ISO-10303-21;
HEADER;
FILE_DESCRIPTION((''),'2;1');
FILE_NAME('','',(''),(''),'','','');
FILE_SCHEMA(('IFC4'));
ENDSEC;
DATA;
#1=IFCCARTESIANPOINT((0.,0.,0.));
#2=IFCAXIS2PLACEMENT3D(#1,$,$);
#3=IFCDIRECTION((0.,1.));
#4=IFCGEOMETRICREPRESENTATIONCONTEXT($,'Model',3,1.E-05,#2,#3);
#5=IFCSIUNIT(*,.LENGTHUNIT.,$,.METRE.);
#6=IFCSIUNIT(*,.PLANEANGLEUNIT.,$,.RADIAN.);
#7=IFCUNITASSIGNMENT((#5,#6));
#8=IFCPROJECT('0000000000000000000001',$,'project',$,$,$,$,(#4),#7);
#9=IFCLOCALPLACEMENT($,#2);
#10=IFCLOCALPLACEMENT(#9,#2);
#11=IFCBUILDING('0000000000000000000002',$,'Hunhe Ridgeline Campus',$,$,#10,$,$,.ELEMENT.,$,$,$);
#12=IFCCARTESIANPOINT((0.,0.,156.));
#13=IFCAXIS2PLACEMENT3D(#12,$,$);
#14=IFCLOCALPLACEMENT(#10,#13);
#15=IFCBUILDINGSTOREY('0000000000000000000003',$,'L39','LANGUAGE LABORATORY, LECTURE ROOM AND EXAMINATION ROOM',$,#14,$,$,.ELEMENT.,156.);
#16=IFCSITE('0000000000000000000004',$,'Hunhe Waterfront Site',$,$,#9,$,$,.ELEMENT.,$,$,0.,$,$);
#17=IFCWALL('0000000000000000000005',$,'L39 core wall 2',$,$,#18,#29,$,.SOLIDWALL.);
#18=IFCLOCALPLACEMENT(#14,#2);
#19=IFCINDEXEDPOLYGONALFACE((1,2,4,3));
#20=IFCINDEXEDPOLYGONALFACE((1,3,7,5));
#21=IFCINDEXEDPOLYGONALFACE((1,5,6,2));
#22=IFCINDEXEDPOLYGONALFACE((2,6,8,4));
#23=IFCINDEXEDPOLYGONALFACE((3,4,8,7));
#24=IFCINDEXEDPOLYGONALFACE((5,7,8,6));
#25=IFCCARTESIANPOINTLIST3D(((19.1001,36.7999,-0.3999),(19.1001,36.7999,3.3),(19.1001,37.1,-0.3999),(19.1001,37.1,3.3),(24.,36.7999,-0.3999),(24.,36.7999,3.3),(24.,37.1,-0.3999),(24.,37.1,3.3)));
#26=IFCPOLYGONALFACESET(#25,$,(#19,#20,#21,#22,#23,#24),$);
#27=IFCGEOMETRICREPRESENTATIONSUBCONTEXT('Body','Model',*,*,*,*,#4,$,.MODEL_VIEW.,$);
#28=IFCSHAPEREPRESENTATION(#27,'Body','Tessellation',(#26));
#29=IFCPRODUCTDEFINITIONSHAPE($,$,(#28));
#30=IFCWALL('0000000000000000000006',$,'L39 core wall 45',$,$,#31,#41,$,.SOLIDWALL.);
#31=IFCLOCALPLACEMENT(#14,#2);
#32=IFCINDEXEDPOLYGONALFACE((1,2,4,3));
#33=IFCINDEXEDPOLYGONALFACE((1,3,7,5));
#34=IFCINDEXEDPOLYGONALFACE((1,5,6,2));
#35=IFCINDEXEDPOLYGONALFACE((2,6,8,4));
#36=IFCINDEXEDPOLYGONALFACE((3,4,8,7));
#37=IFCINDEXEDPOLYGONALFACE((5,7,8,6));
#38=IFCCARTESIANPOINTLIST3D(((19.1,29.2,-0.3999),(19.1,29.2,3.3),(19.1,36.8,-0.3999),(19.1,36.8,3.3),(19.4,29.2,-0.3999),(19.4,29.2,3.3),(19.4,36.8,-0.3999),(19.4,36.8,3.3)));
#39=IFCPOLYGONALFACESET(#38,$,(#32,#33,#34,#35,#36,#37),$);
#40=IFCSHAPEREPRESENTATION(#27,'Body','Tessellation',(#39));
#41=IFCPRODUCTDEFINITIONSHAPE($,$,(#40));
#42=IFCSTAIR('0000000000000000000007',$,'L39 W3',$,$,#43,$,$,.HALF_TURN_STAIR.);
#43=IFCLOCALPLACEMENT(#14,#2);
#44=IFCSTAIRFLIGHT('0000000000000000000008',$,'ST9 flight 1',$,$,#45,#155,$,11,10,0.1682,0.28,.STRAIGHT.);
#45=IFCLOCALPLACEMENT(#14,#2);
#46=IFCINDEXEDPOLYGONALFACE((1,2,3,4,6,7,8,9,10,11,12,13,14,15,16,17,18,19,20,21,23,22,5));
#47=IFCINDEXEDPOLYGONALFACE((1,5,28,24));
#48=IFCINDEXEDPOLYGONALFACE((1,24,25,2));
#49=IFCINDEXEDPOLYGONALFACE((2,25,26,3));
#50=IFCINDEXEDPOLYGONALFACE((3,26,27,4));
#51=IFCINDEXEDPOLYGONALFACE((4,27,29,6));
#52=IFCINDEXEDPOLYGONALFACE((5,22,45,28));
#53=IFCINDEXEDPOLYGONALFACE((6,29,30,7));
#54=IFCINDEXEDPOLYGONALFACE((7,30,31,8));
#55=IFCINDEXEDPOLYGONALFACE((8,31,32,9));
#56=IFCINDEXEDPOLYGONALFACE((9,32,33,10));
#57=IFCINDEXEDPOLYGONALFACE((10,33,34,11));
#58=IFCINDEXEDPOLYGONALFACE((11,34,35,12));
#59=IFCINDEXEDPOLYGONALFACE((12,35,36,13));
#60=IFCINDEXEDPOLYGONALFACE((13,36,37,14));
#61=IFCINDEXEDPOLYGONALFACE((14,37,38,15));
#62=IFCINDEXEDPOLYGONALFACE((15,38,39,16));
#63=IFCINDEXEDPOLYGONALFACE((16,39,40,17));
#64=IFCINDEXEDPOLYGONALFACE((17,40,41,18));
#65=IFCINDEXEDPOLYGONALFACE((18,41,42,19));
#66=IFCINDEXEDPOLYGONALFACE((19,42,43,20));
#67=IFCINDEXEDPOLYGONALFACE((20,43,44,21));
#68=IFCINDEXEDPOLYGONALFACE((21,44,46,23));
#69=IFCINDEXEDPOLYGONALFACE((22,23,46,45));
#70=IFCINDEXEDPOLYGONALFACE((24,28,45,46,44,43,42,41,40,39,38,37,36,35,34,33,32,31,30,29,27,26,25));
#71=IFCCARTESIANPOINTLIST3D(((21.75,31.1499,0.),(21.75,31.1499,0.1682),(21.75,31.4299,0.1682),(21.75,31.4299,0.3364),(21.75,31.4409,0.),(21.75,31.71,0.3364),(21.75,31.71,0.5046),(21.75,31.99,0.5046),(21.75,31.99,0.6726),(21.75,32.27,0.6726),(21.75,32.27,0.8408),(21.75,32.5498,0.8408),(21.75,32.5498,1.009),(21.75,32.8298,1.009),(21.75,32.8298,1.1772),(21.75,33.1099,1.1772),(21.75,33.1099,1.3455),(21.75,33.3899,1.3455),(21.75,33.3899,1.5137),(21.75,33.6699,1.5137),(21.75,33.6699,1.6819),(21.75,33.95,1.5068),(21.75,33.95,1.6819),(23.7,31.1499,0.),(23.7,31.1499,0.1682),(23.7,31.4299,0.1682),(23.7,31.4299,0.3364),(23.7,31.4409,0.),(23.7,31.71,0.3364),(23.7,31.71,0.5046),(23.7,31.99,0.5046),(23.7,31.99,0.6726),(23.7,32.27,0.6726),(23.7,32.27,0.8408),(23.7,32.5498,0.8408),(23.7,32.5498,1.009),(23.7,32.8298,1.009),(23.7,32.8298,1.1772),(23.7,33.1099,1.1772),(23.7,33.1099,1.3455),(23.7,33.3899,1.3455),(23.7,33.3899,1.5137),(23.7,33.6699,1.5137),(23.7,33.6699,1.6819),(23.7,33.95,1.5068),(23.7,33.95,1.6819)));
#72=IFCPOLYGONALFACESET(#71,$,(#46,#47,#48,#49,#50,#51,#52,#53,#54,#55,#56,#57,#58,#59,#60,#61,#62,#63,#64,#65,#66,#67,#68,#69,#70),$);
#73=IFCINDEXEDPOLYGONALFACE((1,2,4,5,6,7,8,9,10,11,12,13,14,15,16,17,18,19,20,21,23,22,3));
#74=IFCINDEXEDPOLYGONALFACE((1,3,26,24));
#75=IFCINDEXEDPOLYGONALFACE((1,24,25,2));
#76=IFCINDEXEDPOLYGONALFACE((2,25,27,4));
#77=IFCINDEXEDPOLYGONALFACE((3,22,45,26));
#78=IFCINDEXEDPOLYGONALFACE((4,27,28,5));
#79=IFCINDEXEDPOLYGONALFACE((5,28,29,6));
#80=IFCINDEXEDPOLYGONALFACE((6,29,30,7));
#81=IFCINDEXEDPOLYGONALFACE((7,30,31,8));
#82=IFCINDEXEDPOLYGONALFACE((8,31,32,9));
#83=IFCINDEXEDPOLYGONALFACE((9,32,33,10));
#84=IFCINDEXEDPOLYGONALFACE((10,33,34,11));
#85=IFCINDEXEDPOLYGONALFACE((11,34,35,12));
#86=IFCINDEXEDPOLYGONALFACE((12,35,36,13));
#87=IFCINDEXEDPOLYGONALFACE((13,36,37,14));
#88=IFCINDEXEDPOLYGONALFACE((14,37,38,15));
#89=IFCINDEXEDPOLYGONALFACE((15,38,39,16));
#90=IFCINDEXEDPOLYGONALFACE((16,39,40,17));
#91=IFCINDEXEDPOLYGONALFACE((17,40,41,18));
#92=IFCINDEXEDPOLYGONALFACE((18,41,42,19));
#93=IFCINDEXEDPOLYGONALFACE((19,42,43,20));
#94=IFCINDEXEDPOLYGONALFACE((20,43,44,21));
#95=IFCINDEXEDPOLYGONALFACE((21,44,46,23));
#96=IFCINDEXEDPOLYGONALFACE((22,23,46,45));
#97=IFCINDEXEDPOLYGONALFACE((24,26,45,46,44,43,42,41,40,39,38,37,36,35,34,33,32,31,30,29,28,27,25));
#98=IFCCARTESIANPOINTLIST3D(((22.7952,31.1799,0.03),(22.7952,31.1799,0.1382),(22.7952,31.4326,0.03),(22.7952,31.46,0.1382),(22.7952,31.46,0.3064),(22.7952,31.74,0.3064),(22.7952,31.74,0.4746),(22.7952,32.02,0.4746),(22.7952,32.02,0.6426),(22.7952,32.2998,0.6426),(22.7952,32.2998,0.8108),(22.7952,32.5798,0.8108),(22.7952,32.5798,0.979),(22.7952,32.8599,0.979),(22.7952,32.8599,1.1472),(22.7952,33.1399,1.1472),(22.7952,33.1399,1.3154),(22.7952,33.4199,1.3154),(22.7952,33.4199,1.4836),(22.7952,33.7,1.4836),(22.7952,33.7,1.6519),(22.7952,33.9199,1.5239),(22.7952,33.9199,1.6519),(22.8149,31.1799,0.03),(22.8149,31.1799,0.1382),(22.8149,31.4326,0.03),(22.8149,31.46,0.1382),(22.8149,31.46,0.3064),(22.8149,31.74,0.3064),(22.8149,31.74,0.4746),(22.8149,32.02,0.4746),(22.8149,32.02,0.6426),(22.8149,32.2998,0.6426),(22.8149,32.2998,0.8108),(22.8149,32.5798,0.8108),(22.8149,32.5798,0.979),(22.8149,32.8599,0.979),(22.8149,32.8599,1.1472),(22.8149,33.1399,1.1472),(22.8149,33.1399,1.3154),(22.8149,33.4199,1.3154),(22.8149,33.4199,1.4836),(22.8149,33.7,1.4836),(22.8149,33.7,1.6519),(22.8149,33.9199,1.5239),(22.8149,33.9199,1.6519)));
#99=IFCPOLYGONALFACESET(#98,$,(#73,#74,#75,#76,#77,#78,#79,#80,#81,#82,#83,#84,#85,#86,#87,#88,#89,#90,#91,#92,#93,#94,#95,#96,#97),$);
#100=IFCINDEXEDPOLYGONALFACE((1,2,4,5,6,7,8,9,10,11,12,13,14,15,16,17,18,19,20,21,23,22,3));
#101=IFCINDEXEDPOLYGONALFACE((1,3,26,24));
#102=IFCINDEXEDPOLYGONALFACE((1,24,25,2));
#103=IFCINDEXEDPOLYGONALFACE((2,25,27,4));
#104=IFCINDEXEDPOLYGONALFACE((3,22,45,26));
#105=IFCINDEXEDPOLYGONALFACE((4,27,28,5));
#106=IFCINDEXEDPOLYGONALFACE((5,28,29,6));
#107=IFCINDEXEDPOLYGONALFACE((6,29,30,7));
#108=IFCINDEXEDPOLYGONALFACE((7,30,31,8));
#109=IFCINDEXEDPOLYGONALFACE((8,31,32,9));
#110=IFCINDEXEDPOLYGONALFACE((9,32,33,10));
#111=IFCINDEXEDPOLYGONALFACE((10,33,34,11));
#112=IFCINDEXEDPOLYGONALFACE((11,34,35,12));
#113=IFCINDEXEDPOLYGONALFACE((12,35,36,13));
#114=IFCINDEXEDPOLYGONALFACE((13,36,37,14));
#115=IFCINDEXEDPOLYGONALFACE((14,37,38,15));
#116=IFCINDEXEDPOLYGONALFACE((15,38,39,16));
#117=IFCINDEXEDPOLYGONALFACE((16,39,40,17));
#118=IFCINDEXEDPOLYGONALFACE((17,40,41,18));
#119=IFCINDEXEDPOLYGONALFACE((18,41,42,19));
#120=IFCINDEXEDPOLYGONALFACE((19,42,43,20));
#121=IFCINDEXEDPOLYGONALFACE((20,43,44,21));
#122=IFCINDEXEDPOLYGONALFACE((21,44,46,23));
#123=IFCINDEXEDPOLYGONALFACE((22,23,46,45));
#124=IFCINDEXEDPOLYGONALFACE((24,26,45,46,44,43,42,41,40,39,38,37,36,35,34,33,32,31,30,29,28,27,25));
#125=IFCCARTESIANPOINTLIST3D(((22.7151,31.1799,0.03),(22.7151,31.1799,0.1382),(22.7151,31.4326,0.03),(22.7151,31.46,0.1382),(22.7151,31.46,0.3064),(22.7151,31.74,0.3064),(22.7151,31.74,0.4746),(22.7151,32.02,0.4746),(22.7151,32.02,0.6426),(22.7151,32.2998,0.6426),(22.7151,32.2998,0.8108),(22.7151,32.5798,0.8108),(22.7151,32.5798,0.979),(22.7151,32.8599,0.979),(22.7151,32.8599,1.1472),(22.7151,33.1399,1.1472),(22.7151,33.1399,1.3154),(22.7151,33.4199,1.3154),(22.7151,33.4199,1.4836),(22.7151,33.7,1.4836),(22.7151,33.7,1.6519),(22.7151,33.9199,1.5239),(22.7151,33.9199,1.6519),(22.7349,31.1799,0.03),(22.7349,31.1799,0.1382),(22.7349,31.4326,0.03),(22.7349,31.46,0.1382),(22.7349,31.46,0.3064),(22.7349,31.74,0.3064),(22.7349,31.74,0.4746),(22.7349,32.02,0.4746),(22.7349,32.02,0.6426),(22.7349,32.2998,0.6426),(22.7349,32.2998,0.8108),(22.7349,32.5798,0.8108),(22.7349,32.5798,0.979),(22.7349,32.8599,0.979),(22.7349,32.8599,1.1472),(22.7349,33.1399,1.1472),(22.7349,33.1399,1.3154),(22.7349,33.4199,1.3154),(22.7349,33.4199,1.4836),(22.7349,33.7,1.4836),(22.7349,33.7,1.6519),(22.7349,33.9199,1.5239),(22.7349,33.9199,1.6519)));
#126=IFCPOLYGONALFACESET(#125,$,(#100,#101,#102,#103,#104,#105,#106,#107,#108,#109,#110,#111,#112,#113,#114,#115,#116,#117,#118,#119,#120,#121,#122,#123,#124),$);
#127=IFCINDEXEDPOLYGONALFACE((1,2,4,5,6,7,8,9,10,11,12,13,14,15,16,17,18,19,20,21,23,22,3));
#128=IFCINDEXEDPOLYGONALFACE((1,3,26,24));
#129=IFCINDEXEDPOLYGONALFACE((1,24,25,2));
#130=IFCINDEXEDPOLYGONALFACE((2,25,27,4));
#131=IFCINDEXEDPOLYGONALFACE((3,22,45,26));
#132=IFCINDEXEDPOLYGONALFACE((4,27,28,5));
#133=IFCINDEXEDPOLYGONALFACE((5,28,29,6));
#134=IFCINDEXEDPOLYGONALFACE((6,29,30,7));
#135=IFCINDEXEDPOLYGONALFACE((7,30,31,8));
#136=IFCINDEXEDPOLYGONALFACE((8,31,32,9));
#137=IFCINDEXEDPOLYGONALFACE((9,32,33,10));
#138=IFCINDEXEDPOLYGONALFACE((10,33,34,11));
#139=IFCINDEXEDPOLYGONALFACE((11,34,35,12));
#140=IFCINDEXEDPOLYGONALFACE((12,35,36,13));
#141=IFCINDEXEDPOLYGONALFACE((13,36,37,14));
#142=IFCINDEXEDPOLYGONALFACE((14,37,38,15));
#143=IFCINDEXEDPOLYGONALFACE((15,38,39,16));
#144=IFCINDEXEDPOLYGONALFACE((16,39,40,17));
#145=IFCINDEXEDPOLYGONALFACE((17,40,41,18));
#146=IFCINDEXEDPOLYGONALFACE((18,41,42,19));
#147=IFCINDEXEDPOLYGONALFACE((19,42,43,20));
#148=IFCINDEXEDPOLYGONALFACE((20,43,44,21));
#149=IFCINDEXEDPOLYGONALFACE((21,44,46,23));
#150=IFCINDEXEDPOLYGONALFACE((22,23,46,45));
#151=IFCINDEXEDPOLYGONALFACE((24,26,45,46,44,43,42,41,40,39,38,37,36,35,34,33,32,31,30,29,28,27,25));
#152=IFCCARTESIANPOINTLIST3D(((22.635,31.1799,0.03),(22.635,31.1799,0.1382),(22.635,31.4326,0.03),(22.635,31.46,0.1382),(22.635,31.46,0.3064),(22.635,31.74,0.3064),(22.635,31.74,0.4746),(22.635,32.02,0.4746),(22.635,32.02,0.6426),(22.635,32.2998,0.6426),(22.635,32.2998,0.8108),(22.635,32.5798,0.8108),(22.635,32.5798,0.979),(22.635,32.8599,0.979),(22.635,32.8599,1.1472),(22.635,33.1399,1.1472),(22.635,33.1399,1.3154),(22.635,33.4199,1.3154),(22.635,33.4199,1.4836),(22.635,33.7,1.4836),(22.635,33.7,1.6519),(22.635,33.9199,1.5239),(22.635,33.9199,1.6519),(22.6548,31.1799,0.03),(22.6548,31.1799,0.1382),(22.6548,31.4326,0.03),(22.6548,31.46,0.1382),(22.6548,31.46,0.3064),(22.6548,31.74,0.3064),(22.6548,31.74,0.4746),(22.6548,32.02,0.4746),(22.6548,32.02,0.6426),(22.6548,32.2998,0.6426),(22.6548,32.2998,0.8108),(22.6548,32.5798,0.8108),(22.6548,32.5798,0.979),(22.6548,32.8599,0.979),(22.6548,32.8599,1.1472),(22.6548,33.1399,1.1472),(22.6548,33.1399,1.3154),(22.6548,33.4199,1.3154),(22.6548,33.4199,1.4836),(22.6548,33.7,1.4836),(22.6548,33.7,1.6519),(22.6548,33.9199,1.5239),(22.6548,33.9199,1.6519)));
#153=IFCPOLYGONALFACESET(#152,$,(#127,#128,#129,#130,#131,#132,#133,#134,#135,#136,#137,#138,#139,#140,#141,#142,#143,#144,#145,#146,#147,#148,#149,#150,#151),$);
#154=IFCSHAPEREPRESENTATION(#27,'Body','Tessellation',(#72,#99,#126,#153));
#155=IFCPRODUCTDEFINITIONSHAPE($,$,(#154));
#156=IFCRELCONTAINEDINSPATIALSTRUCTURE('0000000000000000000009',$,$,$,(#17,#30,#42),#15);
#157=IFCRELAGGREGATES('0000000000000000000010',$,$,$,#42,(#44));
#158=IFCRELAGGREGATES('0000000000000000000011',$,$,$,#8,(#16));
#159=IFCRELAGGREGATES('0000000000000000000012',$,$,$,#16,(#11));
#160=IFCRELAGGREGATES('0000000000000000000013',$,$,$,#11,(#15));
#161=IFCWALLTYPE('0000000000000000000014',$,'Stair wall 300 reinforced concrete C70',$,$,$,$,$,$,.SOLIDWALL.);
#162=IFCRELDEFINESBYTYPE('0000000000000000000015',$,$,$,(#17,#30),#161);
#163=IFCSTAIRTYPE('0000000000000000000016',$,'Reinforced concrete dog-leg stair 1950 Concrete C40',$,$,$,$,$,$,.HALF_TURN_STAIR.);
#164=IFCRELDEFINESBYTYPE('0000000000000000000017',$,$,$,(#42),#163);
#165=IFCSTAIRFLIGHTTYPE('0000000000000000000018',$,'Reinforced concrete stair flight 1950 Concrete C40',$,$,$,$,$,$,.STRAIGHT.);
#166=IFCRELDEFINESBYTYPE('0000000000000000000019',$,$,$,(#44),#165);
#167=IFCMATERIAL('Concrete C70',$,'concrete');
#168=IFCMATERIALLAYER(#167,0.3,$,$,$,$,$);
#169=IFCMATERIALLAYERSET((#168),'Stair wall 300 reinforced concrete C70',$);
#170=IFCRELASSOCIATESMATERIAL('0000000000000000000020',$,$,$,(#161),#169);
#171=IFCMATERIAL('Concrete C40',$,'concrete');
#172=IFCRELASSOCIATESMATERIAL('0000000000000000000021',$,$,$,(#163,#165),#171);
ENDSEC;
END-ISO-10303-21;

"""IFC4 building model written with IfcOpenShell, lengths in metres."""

from ifc_helpers import new_model, si_unit, direction, frame, frame_2d, origin, place, context, subcontext, project, spatial, polyline, rectangle, outline, extrude, material, layer, layer_set, type_object, element, aggregate, save


model = new_model("IFC4")

# Units and contexts
model_context = context("Model", 3, precision=1e-05, world=origin(), true_north=direction((0.0, 1.0)))
body_context = subcontext(model_context, "Body", "Model", "MODEL_VIEW")
ifc_project = project(units=[si_unit("LENGTHUNIT", "METRE"), si_unit("PLANEANGLEUNIT", "RADIAN")], contexts=[model_context])

# Site, building, storey
site_placement = place(None, origin())
site = spatial("IfcSite", under=ifc_project, at=site_placement, Name="Hunhe Waterfront Site", CompositionType="ELEMENT", RefElevation=0.0)
building_placement = place(site_placement, origin())
building = spatial("IfcBuilding", under=site, at=building_placement, Name="Hunhe Ridgeline Campus", CompositionType="ELEMENT")
storey_placement = place(building_placement, frame((0.0, 0.0, 156.0)))
storey = spatial("IfcBuildingStorey", under=building, at=storey_placement, Name="L39", Description="LANGUAGE LABORATORY, LECTURE ROOM AND EXAMINATION ROOM", CompositionType="ELEMENT", Elevation=156.0)

# Shared definitions
ifc_material_1 = material(Name="Concrete C70", Category="concrete")

# Walls
ifc_layer_1 = layer(ifc_material_1, 0.3)
ifc_layer_set_1 = layer_set([ifc_layer_1], Name="Stair wall 300 reinforced concrete C70")
wall_type_1 = type_object("IfcWallType", Name="Stair wall 300 reinforced concrete C70", PredefinedType="SOLIDWALL", material=ifc_layer_set_1)
wall_1_placement = place(storey_placement, frame((19.1001, 36.95, -0.3999), z_axis=(0.0, 0.0, 1.0), x_axis=(1.0, 0.0, 0.0)))
element("IfcWall", 1, at=wall_1_placement, inside=storey, type_object=wall_type_1, Name="L39 core wall 2", PredefinedType="SOLIDWALL", context=body_context, shape_type="SweptSolid", body=[
    extrude(rectangle(XDim=4.8999, YDim=0.3, at=frame_2d((2.45, 0.0))), origin(), (0.0, 0.0, 1.0), 3.7),
])
wall_2_placement = place(storey_placement, frame((19.25, 29.2, -0.3999), z_axis=(0.0, 0.0, 1.0), x_axis=(0.0, 1.0, 0.0)))
element("IfcWall", 2, at=wall_2_placement, inside=storey, type_object=wall_type_1, Name="L39 core wall 45", PredefinedType="SOLIDWALL", context=body_context, shape_type="SweptSolid", body=[
    extrude(rectangle(XDim=7.6001, YDim=0.3, at=frame_2d((3.8, 0.0))), origin(), (0.0, 0.0, 1.0), 3.7),
])

# Stair, stair flight
ifc_material_2 = material(Name="Concrete C40", Category="concrete")
stair_type = type_object("IfcStairType", Name="Reinforced concrete dog-leg stair 1950 Concrete C40", PredefinedType="HALF_TURN_STAIR", material=ifc_material_2)
stair_placement = place(storey_placement, origin())
stair = element("IfcStair", 3, at=stair_placement, inside=storey, type_object=stair_type, Name="L39 W3", PredefinedType="HALF_TURN_STAIR")
stair_flight_type = type_object("IfcStairFlightType", Name="Reinforced concrete stair flight 1950 Concrete C40", PredefinedType="STRAIGHT", material=ifc_material_2)
stair_flight_1_placement = place(storey_placement, frame((22.7251, 31.1499, 0.0), z_axis=(0.0, 0.0, 1.0), x_axis=(0.0, 1.0, 0.0)))
stair_flight_1 = element("IfcStairFlight", 4, at=stair_flight_1_placement, type_object=stair_flight_type, Name="ST9 flight 1", NumberOfRisers=11, NumberOfTreads=10, PredefinedType="STRAIGHT", RiserHeight=0.1682, TreadLength=0.28, context=body_context, shape_type="SweptSolid", body=[
    extrude(outline(polyline([(0.0, 0.0), (0.0, 0.1682), (0.28, 0.1682), (0.28, 0.3364), (0.5601, 0.3364), (0.5601, 0.5046), (0.8401, 0.5046), (0.8401, 0.6726), (1.1201, 0.6726), (1.1201, 0.8408), (1.3999, 0.8408), (1.3999, 1.009), (1.6799, 1.009), (1.6799, 1.1772), (1.96, 1.1772), (1.96, 1.3455), (2.24, 1.3455), (2.24, 1.5137), (2.52, 1.5137), (2.52, 1.6819), (2.8, 1.6819), (2.8, 1.8501), (2.8, 1.5068), (0.291, 0.0), (0.0, 0.0)])), frame((0.0, 0.9751, 0.0), z_axis=(0.0, -1.0, 0.0), x_axis=(1.0, 0.0, 0.0)), (0.0, 0.0, 1.0), 1.95),
    extrude(outline(polyline([(0.03, 0.03), (0.03, 0.1382), (0.3101, 0.1382), (0.3101, 0.3064), (0.5901, 0.3064), (0.5901, 0.4746), (0.8701, 0.4746), (0.8701, 0.6426), (1.1499, 0.6426), (1.1499, 0.8108), (1.4299, 0.8108), (1.4299, 0.979), (1.71, 0.979), (1.71, 1.1472), (1.99, 1.1472), (1.99, 1.3154), (2.27, 1.3154), (2.27, 1.4836), (2.55, 1.4836), (2.55, 1.6519), (2.77, 1.6519), (2.77, 1.5239), (0.2827, 0.03), (0.03, 0.03)])), frame((0.0, -0.0701, 0.0), z_axis=(0.0, -1.0, 0.0), x_axis=(1.0, 0.0, 0.0)), (0.0, 0.0, 1.0), 0.0198),
    extrude(outline(polyline([(0.03, 0.03), (0.03, 0.1382), (0.3101, 0.1382), (0.3101, 0.3064), (0.5901, 0.3064), (0.5901, 0.4746), (0.8701, 0.4746), (0.8701, 0.6426), (1.1499, 0.6426), (1.1499, 0.8108), (1.4299, 0.8108), (1.4299, 0.979), (1.71, 0.979), (1.71, 1.1472), (1.99, 1.1472), (1.99, 1.3154), (2.27, 1.3154), (2.27, 1.4836), (2.55, 1.4836), (2.55, 1.6519), (2.77, 1.6519), (2.77, 1.5239), (0.2827, 0.03), (0.03, 0.03)])), frame((0.0, 0.01, 0.0), z_axis=(0.0, -1.0, 0.0), x_axis=(1.0, 0.0, 0.0)), (0.0, 0.0, 1.0), 0.0198),
    extrude(outline(polyline([(0.03, 0.03), (0.03, 0.1382), (0.3101, 0.1382), (0.3101, 0.3064), (0.5901, 0.3064), (0.5901, 0.4746), (0.8701, 0.4746), (0.8701, 0.6426), (1.1499, 0.6426), (1.1499, 0.8108), (1.4299, 0.8108), (1.4299, 0.979), (1.71, 0.979), (1.71, 1.1472), (1.99, 1.1472), (1.99, 1.3154), (2.27, 1.3154), (2.27, 1.4836), (2.55, 1.4836), (2.55, 1.6519), (2.77, 1.6519), (2.77, 1.5239), (0.2827, 0.03), (0.03, 0.03)])), frame((0.0, 0.0901, 0.0), z_axis=(0.0, -1.0, 0.0), x_axis=(1.0, 0.0, 0.0)), (0.0, 0.0, 1.0), 0.0198),
])
aggregate(stair, [stair_flight_1])

save(model, "model.ifc")
